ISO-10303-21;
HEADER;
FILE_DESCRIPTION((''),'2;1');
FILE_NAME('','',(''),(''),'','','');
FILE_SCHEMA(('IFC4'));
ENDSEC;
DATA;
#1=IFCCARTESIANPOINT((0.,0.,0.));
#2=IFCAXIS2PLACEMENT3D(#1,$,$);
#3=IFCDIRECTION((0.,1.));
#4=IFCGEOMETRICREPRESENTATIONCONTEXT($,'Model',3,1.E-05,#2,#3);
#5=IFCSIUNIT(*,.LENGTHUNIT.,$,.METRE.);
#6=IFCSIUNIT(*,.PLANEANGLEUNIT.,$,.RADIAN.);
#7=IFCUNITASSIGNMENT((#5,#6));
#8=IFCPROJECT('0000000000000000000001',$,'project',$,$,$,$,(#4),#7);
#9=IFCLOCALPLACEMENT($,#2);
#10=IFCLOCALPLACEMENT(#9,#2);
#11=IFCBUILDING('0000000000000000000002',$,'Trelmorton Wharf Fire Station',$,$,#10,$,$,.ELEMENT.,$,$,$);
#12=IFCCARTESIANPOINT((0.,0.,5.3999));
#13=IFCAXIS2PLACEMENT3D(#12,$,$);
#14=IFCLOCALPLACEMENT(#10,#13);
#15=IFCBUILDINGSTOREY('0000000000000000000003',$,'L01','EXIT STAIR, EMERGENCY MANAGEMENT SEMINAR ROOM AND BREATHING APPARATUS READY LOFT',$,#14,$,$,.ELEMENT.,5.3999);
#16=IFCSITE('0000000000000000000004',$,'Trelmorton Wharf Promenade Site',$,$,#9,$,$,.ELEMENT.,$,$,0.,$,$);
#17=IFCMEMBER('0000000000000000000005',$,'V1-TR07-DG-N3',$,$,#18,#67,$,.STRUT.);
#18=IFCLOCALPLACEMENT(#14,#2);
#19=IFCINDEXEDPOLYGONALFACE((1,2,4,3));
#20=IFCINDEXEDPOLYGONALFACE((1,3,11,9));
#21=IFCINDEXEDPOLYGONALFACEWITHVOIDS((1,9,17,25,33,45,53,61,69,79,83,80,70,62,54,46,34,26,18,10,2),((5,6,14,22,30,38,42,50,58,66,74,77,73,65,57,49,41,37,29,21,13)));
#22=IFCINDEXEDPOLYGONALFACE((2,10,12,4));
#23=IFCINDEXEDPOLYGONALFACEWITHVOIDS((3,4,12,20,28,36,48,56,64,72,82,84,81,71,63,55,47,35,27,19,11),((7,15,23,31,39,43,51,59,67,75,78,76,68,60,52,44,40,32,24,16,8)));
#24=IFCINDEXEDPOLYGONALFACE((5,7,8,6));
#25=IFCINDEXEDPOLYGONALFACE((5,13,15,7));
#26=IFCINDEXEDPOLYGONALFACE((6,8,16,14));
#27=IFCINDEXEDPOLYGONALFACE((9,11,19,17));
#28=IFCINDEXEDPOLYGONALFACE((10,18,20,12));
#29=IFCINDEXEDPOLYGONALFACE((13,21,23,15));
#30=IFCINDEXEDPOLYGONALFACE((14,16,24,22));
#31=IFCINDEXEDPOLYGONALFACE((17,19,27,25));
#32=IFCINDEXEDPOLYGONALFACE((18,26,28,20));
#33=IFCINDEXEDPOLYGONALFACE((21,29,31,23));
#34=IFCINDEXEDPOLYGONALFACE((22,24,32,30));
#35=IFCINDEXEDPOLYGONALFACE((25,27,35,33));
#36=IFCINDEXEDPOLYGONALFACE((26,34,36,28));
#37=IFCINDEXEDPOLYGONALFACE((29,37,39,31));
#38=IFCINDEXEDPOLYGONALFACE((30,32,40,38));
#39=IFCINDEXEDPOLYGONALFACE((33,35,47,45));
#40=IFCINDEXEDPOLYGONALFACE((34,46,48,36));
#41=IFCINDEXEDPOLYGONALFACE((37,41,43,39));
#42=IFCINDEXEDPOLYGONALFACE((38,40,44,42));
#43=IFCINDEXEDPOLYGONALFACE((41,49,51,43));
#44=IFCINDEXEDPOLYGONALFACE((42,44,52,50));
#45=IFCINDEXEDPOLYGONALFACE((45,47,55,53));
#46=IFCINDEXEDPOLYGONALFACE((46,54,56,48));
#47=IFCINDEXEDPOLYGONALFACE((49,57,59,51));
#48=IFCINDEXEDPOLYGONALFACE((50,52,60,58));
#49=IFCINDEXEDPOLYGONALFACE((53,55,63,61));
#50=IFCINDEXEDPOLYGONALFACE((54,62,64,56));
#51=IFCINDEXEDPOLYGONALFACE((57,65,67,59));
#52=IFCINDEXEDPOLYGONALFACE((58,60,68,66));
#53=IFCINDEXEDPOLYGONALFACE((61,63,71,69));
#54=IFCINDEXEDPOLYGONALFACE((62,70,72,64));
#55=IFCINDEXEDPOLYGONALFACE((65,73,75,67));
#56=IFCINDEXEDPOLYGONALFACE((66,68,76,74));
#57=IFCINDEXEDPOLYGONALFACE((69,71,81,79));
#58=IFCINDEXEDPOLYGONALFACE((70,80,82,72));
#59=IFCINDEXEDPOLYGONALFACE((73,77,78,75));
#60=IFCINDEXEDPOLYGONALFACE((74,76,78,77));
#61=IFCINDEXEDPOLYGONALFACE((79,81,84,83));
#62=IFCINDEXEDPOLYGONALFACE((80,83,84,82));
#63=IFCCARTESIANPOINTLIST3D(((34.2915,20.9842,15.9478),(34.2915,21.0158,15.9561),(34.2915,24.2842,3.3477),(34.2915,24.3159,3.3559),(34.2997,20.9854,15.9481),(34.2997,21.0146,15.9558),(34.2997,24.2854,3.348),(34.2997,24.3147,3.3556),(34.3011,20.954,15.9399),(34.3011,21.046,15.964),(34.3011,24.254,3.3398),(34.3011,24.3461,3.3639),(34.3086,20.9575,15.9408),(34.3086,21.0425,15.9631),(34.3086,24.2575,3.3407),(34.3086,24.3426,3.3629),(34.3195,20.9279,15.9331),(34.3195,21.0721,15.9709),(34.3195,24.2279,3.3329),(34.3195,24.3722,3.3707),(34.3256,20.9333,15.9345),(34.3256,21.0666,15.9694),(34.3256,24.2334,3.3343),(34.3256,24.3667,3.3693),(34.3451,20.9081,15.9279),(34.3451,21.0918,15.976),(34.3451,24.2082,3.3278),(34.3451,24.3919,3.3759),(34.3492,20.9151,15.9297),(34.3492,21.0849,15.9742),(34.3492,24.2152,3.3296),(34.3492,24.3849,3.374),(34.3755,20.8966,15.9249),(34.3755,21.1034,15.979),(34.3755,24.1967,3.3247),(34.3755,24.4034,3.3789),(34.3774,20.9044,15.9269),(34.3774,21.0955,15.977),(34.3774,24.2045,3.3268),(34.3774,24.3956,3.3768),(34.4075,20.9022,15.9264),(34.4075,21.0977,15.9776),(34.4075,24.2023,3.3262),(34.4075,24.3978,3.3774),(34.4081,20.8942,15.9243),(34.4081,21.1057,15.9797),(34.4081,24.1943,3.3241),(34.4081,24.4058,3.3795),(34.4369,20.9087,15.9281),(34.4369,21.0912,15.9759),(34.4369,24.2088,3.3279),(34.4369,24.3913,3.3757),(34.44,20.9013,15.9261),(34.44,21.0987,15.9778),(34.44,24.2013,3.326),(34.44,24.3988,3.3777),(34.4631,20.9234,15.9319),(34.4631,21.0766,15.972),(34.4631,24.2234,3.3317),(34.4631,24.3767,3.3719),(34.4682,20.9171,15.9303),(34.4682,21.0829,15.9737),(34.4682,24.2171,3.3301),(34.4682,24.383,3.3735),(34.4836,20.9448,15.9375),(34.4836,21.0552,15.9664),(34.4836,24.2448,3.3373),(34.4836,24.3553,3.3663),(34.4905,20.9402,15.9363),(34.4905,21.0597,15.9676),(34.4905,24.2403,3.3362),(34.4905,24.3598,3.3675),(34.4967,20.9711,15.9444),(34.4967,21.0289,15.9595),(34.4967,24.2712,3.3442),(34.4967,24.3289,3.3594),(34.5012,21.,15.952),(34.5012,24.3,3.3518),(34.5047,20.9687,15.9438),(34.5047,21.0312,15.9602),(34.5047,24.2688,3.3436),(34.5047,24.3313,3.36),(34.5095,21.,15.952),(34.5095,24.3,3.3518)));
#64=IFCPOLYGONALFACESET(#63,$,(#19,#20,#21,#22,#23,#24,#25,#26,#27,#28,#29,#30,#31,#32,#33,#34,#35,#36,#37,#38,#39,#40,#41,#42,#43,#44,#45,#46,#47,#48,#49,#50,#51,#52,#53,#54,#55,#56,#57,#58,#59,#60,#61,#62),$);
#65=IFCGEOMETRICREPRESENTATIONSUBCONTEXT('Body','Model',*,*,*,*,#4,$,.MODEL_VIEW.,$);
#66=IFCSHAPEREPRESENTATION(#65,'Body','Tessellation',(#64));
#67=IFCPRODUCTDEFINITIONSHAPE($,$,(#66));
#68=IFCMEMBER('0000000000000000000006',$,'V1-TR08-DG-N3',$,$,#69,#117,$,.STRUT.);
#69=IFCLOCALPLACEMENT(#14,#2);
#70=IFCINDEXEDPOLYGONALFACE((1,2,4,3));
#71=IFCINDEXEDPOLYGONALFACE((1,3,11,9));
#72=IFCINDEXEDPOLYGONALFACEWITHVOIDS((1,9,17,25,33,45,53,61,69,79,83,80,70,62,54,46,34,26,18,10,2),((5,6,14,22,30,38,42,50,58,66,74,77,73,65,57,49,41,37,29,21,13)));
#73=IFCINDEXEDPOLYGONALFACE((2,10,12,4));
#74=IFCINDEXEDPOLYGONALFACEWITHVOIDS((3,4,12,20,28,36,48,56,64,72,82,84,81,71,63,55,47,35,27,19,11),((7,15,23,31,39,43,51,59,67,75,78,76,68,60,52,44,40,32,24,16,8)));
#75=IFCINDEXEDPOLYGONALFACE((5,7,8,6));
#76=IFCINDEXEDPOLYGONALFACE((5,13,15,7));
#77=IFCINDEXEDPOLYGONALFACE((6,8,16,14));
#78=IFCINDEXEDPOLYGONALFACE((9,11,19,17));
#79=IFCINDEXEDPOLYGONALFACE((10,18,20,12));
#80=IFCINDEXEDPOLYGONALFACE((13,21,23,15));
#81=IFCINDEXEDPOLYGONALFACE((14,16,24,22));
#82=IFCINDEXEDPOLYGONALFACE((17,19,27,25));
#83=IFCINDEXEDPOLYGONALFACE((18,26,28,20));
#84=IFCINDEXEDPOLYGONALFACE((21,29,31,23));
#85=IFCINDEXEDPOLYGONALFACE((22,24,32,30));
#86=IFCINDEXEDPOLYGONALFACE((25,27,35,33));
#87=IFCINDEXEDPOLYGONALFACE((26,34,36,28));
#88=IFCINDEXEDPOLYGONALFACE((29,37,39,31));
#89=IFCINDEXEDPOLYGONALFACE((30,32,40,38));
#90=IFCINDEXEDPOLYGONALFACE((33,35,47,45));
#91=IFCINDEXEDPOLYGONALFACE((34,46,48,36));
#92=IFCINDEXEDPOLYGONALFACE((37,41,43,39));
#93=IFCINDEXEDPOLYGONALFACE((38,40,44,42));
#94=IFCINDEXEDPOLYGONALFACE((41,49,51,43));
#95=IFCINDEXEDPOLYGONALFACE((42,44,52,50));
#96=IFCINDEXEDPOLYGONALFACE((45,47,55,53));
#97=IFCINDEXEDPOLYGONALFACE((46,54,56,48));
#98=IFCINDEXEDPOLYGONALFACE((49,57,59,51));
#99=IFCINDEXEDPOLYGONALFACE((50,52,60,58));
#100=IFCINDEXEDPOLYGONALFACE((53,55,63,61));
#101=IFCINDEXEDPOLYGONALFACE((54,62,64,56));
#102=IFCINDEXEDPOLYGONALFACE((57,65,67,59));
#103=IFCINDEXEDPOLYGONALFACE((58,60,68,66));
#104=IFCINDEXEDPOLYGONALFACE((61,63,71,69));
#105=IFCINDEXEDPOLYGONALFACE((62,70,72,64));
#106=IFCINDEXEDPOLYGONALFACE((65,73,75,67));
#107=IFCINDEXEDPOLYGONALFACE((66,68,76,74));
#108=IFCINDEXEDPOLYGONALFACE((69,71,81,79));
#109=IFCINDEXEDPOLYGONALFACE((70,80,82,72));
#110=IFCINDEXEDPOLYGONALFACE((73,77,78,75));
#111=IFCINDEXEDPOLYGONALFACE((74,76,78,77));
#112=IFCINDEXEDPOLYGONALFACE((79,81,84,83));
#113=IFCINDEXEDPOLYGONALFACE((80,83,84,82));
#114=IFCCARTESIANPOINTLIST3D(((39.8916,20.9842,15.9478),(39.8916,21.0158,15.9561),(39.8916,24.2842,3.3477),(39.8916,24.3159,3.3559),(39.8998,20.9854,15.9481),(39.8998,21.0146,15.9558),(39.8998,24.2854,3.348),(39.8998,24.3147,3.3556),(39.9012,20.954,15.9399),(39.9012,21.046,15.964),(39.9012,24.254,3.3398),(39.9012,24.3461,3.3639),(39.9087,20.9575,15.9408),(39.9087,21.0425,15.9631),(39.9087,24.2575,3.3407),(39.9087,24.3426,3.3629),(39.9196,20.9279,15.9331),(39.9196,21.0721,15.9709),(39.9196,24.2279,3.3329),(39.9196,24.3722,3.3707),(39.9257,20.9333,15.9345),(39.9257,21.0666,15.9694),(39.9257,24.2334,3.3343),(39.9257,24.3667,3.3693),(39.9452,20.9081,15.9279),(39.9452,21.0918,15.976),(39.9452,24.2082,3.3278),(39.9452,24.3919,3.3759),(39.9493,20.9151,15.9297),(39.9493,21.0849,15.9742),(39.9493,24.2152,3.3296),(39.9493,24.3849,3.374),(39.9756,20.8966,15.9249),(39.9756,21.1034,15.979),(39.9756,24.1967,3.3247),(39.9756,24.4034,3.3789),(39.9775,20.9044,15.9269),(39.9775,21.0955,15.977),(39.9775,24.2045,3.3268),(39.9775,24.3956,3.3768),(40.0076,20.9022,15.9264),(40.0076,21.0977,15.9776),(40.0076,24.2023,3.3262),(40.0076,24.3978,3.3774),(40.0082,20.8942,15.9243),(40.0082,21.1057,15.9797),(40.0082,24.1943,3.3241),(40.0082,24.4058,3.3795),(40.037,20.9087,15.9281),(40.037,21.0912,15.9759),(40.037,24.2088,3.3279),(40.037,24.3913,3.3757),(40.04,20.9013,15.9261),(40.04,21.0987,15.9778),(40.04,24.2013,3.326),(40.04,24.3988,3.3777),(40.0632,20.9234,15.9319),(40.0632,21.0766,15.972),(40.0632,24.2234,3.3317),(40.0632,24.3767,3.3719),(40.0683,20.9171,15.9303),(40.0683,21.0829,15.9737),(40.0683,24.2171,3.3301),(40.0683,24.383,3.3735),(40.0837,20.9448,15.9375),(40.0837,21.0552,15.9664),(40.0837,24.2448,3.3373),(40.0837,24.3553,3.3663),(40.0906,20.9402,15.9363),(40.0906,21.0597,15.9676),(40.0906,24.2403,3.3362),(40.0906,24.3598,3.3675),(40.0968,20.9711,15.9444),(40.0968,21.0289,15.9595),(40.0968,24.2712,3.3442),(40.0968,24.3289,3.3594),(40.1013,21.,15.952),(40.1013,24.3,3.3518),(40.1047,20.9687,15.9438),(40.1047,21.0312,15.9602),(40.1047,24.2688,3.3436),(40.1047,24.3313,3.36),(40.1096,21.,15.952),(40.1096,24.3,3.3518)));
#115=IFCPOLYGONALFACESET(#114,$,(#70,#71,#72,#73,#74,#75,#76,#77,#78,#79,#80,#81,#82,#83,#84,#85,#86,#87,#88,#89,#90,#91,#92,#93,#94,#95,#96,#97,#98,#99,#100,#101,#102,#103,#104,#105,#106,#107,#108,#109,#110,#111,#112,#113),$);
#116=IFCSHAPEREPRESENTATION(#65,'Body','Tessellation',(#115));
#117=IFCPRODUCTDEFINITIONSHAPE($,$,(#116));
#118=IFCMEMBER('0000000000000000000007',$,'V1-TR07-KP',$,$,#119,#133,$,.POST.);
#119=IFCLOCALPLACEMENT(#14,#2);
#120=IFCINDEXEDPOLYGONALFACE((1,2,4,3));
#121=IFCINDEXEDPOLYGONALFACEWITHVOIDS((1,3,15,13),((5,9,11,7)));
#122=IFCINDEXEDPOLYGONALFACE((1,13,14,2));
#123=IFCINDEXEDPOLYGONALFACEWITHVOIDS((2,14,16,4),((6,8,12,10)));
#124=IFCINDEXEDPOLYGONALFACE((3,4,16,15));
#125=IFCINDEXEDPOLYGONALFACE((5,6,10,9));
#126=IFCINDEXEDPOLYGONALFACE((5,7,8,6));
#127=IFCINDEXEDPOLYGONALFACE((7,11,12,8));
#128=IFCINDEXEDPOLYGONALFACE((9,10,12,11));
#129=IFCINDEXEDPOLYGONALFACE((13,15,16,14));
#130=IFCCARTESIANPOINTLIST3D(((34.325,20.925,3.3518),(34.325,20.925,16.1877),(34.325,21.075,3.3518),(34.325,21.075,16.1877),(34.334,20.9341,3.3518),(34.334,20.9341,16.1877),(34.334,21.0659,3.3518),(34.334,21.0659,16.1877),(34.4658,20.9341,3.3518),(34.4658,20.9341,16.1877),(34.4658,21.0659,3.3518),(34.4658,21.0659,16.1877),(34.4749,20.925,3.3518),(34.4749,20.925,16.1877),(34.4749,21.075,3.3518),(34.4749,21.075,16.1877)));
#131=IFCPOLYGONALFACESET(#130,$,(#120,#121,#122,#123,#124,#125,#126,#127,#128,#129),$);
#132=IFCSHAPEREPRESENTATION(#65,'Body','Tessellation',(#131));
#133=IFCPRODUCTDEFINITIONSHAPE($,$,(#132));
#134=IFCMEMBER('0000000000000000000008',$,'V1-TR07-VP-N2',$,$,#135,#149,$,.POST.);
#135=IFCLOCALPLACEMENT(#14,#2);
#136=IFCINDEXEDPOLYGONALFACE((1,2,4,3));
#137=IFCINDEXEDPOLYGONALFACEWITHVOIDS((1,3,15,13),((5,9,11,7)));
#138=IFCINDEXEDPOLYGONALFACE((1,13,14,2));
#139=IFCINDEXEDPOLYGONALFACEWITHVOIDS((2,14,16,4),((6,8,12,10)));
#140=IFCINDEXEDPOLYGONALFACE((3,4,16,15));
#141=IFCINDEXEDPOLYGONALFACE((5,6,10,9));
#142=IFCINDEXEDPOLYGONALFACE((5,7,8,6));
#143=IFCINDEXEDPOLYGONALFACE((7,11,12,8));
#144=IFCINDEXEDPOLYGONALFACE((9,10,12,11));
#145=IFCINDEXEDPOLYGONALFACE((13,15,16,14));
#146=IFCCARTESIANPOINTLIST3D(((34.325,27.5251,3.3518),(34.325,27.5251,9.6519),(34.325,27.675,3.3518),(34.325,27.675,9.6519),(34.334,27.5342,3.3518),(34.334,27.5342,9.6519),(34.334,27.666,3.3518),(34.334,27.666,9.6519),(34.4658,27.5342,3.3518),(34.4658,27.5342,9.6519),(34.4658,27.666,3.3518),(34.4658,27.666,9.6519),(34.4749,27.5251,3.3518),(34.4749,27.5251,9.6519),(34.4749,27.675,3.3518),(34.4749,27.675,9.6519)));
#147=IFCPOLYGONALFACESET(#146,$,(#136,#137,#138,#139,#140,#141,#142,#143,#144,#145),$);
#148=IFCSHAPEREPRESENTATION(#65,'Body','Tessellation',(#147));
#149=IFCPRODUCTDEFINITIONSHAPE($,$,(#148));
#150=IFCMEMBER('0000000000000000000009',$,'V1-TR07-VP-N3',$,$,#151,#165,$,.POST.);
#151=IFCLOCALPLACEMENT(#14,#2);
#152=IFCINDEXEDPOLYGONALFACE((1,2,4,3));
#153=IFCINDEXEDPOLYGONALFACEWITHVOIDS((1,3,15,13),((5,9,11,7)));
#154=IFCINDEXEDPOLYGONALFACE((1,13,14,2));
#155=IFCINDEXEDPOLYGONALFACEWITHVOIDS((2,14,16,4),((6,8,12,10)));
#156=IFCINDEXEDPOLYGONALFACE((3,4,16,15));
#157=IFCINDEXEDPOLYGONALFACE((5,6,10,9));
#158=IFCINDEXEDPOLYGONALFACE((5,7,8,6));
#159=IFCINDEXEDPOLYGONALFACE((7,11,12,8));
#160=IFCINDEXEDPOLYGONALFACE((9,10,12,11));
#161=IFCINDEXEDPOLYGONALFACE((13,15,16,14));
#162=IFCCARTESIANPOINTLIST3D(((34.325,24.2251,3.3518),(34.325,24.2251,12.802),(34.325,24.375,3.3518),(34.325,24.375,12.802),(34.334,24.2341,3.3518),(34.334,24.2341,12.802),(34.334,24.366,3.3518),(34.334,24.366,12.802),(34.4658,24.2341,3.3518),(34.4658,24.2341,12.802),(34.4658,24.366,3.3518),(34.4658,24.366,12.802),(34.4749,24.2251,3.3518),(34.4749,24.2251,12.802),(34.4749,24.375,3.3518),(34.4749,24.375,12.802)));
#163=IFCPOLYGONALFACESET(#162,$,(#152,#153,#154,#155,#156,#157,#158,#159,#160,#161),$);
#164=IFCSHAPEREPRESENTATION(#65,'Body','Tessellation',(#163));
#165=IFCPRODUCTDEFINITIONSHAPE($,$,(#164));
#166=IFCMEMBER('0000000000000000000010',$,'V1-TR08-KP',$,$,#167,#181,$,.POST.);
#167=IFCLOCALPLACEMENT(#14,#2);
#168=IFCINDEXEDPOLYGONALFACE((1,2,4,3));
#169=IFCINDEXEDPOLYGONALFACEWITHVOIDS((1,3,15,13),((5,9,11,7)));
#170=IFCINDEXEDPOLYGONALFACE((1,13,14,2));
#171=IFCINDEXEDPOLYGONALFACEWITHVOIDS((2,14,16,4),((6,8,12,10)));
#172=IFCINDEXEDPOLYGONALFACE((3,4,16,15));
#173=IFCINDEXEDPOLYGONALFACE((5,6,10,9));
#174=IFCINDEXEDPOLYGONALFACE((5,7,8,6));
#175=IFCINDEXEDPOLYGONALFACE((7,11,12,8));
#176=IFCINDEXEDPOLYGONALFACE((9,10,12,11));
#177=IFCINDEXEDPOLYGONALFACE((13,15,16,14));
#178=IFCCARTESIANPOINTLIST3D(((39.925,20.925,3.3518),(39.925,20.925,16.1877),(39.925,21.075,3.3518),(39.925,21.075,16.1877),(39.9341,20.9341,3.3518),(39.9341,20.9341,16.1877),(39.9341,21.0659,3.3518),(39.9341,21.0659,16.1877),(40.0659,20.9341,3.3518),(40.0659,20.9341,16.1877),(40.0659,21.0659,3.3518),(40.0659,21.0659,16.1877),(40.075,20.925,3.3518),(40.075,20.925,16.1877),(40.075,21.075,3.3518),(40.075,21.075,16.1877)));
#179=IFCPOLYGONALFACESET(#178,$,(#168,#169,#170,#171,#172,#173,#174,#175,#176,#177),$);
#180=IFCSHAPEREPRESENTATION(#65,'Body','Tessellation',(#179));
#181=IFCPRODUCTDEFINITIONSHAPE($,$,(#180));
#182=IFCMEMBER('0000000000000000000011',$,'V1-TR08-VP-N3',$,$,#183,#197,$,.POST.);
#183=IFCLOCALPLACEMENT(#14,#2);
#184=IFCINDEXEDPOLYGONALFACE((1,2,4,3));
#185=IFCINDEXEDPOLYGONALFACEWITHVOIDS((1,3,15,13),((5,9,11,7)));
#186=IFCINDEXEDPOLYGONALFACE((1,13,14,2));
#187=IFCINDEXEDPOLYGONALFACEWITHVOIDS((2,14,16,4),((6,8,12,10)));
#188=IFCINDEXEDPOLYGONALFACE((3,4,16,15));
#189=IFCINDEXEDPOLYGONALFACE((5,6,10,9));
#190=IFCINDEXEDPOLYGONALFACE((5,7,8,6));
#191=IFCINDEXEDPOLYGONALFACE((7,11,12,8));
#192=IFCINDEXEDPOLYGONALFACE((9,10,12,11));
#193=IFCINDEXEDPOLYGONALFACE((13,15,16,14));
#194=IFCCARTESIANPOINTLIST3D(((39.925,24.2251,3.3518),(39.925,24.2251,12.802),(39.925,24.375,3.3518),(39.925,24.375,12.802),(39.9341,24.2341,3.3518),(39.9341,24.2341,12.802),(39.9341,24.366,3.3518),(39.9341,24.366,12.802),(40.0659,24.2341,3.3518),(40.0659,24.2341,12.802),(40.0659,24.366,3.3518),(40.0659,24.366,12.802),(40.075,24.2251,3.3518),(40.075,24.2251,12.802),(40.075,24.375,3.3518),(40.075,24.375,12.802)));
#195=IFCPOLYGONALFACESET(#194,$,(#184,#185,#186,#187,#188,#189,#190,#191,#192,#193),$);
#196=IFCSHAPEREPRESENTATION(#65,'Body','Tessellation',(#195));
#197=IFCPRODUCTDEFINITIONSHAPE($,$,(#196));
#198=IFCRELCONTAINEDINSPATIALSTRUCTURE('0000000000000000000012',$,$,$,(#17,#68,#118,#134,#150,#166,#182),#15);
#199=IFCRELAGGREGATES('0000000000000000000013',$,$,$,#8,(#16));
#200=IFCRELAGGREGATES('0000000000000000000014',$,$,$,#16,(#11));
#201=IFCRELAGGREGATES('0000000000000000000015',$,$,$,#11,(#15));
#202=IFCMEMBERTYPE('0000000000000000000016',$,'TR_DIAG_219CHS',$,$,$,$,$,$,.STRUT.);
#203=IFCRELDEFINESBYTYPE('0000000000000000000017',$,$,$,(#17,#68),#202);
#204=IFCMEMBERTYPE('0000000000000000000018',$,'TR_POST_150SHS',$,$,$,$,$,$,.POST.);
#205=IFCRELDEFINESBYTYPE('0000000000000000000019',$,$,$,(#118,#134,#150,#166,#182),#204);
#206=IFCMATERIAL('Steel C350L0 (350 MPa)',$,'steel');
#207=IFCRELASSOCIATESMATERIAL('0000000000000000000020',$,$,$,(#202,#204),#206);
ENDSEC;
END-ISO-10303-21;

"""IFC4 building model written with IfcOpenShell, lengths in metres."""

from ifc_helpers import new_model, si_unit, direction, frame, origin, origin_2d, place, context, subcontext, project, spatial, hollow_rectangle, hollow_circle, extrude, material, material_profile, profile_set, type_object, element, save


model = new_model("IFC4")

# Units and contexts
model_context = context("Model", 3, precision=1e-05, world=origin(), true_north=direction((0.0, 1.0)))
body_context = subcontext(model_context, "Body", "Model", "MODEL_VIEW")
ifc_project = project(units=[si_unit("LENGTHUNIT", "METRE"), si_unit("PLANEANGLEUNIT", "RADIAN")], contexts=[model_context])

# Site, building, storey
site_placement = place(None, origin())
site = spatial("IfcSite", under=ifc_project, at=site_placement, Name="Trelmorton Wharf Promenade Site", CompositionType="ELEMENT", RefElevation=0.0)
building_placement = place(site_placement, origin())
building = spatial("IfcBuilding", under=site, at=building_placement, Name="Trelmorton Wharf Fire Station", CompositionType="ELEMENT")
storey_placement = place(building_placement, frame((0.0, 0.0, 5.3999)))
storey = spatial("IfcBuildingStorey", under=building, at=storey_placement, Name="L01", Description="EXIT STAIR, EMERGENCY MANAGEMENT SEMINAR ROOM AND BREATHING APPARATUS READY LOFT", CompositionType="ELEMENT", Elevation=5.3999)

# Members
ifc_material_1 = material(Name="Steel C350L0 (350 MPa)", Category="steel")
ifc_material_profile_1 = material_profile(ifc_material_1, hollow_circle(Radius=0.1096, WallThickness=0.0083, at=origin_2d()), Name="219.1x8.2CHS")
ifc_profile_set_1 = profile_set([ifc_material_profile_1], Name="Steel C350L0 (350 MPa)")
member_type_1 = type_object("IfcMemberType", Name="TR_DIAG_219CHS", PredefinedType="STRUT", material=ifc_profile_set_1)
for number, where, z_axis, x_axis, name in (
    (1, (34.3999, 24.3, 3.3518), (0.0, -0.253361, 0.967372), (1.0, 0.0, 0.0), "V1-TR07-DG-N3"),
    (2, (40.0, 24.3, 3.3518), (0.0, -0.253361, 0.967372), (1.0, 0.0, 0.0), "V1-TR08-DG-N3"),
):
    element("IfcMember", number, at=place(storey_placement, frame(where, z_axis=z_axis, x_axis=x_axis)), inside=storey, type_object=member_type_1, Name=name, PredefinedType="STRUT", context=body_context, shape_type="SweptSolid", body=[
        extrude(hollow_circle(Radius=0.1096, WallThickness=0.0083, at=origin_2d()), origin(), (0.0, 0.0, 1.0), 13.0251),
    ])
ifc_material_profile_2 = material_profile(ifc_material_1, hollow_rectangle(XDim=0.1499, YDim=0.1499, WallThickness=0.009, at=origin_2d()), Name="150x150x9.0SHS")
ifc_profile_set_2 = profile_set([ifc_material_profile_2], Name="Steel C350L0 (350 MPa)")
member_type_2 = type_object("IfcMemberType", Name="TR_POST_150SHS", PredefinedType="POST", material=ifc_profile_set_2)
member_1_placement = place(storey_placement, frame((34.3999, 21.0, 3.3518), z_axis=(0.0, 0.0, 1.0), x_axis=(1.0, 0.0, 0.0)))
element("IfcMember", 3, at=member_1_placement, inside=storey, type_object=member_type_2, Name="V1-TR07-KP", PredefinedType="POST", context=body_context, shape_type="SweptSolid", body=[
    extrude(hollow_rectangle(XDim=0.1499, YDim=0.1499, WallThickness=0.009, at=origin_2d()), origin(), (0.0, 0.0, 1.0), 12.8359),
])
member_2_placement = place(storey_placement, frame((34.3999, 27.6001, 3.3518), z_axis=(0.0, 0.0, 1.0), x_axis=(1.0, 0.0, 0.0)))
element("IfcMember", 4, at=member_2_placement, inside=storey, type_object=member_type_2, Name="V1-TR07-VP-N2", PredefinedType="POST", context=body_context, shape_type="SweptSolid", body=[
    extrude(hollow_rectangle(XDim=0.1499, YDim=0.1499, WallThickness=0.009, at=origin_2d()), origin(), (0.0, 0.0, 1.0), 6.3),
])
member_3_placement = place(storey_placement, frame((34.3999, 24.3, 3.3518), z_axis=(0.0, 0.0, 1.0), x_axis=(1.0, 0.0, 0.0)))
element("IfcMember", 5, at=member_3_placement, inside=storey, type_object=member_type_2, Name="V1-TR07-VP-N3", PredefinedType="POST", context=body_context, shape_type="SweptSolid", body=[
    extrude(hollow_rectangle(XDim=0.1499, YDim=0.1499, WallThickness=0.009, at=origin_2d()), origin(), (0.0, 0.0, 1.0), 9.4502),
])
member_4_placement = place(storey_placement, frame((40.0, 21.0, 3.3518), z_axis=(0.0, 0.0, 1.0), x_axis=(1.0, 0.0, 0.0)))
element("IfcMember", 6, at=member_4_placement, inside=storey, type_object=member_type_2, Name="V1-TR08-KP", PredefinedType="POST", context=body_context, shape_type="SweptSolid", body=[
    extrude(hollow_rectangle(XDim=0.1499, YDim=0.1499, WallThickness=0.009, at=origin_2d()), origin(), (0.0, 0.0, 1.0), 12.8359),
])
member_5_placement = place(storey_placement, frame((40.0, 24.3, 3.3518), z_axis=(0.0, 0.0, 1.0), x_axis=(1.0, 0.0, 0.0)))
element("IfcMember", 7, at=member_5_placement, inside=storey, type_object=member_type_2, Name="V1-TR08-VP-N3", PredefinedType="POST", context=body_context, shape_type="SweptSolid", body=[
    extrude(hollow_rectangle(XDim=0.1499, YDim=0.1499, WallThickness=0.009, at=origin_2d()), origin(), (0.0, 0.0, 1.0), 9.4502),
])

save(model, "model.ifc")
